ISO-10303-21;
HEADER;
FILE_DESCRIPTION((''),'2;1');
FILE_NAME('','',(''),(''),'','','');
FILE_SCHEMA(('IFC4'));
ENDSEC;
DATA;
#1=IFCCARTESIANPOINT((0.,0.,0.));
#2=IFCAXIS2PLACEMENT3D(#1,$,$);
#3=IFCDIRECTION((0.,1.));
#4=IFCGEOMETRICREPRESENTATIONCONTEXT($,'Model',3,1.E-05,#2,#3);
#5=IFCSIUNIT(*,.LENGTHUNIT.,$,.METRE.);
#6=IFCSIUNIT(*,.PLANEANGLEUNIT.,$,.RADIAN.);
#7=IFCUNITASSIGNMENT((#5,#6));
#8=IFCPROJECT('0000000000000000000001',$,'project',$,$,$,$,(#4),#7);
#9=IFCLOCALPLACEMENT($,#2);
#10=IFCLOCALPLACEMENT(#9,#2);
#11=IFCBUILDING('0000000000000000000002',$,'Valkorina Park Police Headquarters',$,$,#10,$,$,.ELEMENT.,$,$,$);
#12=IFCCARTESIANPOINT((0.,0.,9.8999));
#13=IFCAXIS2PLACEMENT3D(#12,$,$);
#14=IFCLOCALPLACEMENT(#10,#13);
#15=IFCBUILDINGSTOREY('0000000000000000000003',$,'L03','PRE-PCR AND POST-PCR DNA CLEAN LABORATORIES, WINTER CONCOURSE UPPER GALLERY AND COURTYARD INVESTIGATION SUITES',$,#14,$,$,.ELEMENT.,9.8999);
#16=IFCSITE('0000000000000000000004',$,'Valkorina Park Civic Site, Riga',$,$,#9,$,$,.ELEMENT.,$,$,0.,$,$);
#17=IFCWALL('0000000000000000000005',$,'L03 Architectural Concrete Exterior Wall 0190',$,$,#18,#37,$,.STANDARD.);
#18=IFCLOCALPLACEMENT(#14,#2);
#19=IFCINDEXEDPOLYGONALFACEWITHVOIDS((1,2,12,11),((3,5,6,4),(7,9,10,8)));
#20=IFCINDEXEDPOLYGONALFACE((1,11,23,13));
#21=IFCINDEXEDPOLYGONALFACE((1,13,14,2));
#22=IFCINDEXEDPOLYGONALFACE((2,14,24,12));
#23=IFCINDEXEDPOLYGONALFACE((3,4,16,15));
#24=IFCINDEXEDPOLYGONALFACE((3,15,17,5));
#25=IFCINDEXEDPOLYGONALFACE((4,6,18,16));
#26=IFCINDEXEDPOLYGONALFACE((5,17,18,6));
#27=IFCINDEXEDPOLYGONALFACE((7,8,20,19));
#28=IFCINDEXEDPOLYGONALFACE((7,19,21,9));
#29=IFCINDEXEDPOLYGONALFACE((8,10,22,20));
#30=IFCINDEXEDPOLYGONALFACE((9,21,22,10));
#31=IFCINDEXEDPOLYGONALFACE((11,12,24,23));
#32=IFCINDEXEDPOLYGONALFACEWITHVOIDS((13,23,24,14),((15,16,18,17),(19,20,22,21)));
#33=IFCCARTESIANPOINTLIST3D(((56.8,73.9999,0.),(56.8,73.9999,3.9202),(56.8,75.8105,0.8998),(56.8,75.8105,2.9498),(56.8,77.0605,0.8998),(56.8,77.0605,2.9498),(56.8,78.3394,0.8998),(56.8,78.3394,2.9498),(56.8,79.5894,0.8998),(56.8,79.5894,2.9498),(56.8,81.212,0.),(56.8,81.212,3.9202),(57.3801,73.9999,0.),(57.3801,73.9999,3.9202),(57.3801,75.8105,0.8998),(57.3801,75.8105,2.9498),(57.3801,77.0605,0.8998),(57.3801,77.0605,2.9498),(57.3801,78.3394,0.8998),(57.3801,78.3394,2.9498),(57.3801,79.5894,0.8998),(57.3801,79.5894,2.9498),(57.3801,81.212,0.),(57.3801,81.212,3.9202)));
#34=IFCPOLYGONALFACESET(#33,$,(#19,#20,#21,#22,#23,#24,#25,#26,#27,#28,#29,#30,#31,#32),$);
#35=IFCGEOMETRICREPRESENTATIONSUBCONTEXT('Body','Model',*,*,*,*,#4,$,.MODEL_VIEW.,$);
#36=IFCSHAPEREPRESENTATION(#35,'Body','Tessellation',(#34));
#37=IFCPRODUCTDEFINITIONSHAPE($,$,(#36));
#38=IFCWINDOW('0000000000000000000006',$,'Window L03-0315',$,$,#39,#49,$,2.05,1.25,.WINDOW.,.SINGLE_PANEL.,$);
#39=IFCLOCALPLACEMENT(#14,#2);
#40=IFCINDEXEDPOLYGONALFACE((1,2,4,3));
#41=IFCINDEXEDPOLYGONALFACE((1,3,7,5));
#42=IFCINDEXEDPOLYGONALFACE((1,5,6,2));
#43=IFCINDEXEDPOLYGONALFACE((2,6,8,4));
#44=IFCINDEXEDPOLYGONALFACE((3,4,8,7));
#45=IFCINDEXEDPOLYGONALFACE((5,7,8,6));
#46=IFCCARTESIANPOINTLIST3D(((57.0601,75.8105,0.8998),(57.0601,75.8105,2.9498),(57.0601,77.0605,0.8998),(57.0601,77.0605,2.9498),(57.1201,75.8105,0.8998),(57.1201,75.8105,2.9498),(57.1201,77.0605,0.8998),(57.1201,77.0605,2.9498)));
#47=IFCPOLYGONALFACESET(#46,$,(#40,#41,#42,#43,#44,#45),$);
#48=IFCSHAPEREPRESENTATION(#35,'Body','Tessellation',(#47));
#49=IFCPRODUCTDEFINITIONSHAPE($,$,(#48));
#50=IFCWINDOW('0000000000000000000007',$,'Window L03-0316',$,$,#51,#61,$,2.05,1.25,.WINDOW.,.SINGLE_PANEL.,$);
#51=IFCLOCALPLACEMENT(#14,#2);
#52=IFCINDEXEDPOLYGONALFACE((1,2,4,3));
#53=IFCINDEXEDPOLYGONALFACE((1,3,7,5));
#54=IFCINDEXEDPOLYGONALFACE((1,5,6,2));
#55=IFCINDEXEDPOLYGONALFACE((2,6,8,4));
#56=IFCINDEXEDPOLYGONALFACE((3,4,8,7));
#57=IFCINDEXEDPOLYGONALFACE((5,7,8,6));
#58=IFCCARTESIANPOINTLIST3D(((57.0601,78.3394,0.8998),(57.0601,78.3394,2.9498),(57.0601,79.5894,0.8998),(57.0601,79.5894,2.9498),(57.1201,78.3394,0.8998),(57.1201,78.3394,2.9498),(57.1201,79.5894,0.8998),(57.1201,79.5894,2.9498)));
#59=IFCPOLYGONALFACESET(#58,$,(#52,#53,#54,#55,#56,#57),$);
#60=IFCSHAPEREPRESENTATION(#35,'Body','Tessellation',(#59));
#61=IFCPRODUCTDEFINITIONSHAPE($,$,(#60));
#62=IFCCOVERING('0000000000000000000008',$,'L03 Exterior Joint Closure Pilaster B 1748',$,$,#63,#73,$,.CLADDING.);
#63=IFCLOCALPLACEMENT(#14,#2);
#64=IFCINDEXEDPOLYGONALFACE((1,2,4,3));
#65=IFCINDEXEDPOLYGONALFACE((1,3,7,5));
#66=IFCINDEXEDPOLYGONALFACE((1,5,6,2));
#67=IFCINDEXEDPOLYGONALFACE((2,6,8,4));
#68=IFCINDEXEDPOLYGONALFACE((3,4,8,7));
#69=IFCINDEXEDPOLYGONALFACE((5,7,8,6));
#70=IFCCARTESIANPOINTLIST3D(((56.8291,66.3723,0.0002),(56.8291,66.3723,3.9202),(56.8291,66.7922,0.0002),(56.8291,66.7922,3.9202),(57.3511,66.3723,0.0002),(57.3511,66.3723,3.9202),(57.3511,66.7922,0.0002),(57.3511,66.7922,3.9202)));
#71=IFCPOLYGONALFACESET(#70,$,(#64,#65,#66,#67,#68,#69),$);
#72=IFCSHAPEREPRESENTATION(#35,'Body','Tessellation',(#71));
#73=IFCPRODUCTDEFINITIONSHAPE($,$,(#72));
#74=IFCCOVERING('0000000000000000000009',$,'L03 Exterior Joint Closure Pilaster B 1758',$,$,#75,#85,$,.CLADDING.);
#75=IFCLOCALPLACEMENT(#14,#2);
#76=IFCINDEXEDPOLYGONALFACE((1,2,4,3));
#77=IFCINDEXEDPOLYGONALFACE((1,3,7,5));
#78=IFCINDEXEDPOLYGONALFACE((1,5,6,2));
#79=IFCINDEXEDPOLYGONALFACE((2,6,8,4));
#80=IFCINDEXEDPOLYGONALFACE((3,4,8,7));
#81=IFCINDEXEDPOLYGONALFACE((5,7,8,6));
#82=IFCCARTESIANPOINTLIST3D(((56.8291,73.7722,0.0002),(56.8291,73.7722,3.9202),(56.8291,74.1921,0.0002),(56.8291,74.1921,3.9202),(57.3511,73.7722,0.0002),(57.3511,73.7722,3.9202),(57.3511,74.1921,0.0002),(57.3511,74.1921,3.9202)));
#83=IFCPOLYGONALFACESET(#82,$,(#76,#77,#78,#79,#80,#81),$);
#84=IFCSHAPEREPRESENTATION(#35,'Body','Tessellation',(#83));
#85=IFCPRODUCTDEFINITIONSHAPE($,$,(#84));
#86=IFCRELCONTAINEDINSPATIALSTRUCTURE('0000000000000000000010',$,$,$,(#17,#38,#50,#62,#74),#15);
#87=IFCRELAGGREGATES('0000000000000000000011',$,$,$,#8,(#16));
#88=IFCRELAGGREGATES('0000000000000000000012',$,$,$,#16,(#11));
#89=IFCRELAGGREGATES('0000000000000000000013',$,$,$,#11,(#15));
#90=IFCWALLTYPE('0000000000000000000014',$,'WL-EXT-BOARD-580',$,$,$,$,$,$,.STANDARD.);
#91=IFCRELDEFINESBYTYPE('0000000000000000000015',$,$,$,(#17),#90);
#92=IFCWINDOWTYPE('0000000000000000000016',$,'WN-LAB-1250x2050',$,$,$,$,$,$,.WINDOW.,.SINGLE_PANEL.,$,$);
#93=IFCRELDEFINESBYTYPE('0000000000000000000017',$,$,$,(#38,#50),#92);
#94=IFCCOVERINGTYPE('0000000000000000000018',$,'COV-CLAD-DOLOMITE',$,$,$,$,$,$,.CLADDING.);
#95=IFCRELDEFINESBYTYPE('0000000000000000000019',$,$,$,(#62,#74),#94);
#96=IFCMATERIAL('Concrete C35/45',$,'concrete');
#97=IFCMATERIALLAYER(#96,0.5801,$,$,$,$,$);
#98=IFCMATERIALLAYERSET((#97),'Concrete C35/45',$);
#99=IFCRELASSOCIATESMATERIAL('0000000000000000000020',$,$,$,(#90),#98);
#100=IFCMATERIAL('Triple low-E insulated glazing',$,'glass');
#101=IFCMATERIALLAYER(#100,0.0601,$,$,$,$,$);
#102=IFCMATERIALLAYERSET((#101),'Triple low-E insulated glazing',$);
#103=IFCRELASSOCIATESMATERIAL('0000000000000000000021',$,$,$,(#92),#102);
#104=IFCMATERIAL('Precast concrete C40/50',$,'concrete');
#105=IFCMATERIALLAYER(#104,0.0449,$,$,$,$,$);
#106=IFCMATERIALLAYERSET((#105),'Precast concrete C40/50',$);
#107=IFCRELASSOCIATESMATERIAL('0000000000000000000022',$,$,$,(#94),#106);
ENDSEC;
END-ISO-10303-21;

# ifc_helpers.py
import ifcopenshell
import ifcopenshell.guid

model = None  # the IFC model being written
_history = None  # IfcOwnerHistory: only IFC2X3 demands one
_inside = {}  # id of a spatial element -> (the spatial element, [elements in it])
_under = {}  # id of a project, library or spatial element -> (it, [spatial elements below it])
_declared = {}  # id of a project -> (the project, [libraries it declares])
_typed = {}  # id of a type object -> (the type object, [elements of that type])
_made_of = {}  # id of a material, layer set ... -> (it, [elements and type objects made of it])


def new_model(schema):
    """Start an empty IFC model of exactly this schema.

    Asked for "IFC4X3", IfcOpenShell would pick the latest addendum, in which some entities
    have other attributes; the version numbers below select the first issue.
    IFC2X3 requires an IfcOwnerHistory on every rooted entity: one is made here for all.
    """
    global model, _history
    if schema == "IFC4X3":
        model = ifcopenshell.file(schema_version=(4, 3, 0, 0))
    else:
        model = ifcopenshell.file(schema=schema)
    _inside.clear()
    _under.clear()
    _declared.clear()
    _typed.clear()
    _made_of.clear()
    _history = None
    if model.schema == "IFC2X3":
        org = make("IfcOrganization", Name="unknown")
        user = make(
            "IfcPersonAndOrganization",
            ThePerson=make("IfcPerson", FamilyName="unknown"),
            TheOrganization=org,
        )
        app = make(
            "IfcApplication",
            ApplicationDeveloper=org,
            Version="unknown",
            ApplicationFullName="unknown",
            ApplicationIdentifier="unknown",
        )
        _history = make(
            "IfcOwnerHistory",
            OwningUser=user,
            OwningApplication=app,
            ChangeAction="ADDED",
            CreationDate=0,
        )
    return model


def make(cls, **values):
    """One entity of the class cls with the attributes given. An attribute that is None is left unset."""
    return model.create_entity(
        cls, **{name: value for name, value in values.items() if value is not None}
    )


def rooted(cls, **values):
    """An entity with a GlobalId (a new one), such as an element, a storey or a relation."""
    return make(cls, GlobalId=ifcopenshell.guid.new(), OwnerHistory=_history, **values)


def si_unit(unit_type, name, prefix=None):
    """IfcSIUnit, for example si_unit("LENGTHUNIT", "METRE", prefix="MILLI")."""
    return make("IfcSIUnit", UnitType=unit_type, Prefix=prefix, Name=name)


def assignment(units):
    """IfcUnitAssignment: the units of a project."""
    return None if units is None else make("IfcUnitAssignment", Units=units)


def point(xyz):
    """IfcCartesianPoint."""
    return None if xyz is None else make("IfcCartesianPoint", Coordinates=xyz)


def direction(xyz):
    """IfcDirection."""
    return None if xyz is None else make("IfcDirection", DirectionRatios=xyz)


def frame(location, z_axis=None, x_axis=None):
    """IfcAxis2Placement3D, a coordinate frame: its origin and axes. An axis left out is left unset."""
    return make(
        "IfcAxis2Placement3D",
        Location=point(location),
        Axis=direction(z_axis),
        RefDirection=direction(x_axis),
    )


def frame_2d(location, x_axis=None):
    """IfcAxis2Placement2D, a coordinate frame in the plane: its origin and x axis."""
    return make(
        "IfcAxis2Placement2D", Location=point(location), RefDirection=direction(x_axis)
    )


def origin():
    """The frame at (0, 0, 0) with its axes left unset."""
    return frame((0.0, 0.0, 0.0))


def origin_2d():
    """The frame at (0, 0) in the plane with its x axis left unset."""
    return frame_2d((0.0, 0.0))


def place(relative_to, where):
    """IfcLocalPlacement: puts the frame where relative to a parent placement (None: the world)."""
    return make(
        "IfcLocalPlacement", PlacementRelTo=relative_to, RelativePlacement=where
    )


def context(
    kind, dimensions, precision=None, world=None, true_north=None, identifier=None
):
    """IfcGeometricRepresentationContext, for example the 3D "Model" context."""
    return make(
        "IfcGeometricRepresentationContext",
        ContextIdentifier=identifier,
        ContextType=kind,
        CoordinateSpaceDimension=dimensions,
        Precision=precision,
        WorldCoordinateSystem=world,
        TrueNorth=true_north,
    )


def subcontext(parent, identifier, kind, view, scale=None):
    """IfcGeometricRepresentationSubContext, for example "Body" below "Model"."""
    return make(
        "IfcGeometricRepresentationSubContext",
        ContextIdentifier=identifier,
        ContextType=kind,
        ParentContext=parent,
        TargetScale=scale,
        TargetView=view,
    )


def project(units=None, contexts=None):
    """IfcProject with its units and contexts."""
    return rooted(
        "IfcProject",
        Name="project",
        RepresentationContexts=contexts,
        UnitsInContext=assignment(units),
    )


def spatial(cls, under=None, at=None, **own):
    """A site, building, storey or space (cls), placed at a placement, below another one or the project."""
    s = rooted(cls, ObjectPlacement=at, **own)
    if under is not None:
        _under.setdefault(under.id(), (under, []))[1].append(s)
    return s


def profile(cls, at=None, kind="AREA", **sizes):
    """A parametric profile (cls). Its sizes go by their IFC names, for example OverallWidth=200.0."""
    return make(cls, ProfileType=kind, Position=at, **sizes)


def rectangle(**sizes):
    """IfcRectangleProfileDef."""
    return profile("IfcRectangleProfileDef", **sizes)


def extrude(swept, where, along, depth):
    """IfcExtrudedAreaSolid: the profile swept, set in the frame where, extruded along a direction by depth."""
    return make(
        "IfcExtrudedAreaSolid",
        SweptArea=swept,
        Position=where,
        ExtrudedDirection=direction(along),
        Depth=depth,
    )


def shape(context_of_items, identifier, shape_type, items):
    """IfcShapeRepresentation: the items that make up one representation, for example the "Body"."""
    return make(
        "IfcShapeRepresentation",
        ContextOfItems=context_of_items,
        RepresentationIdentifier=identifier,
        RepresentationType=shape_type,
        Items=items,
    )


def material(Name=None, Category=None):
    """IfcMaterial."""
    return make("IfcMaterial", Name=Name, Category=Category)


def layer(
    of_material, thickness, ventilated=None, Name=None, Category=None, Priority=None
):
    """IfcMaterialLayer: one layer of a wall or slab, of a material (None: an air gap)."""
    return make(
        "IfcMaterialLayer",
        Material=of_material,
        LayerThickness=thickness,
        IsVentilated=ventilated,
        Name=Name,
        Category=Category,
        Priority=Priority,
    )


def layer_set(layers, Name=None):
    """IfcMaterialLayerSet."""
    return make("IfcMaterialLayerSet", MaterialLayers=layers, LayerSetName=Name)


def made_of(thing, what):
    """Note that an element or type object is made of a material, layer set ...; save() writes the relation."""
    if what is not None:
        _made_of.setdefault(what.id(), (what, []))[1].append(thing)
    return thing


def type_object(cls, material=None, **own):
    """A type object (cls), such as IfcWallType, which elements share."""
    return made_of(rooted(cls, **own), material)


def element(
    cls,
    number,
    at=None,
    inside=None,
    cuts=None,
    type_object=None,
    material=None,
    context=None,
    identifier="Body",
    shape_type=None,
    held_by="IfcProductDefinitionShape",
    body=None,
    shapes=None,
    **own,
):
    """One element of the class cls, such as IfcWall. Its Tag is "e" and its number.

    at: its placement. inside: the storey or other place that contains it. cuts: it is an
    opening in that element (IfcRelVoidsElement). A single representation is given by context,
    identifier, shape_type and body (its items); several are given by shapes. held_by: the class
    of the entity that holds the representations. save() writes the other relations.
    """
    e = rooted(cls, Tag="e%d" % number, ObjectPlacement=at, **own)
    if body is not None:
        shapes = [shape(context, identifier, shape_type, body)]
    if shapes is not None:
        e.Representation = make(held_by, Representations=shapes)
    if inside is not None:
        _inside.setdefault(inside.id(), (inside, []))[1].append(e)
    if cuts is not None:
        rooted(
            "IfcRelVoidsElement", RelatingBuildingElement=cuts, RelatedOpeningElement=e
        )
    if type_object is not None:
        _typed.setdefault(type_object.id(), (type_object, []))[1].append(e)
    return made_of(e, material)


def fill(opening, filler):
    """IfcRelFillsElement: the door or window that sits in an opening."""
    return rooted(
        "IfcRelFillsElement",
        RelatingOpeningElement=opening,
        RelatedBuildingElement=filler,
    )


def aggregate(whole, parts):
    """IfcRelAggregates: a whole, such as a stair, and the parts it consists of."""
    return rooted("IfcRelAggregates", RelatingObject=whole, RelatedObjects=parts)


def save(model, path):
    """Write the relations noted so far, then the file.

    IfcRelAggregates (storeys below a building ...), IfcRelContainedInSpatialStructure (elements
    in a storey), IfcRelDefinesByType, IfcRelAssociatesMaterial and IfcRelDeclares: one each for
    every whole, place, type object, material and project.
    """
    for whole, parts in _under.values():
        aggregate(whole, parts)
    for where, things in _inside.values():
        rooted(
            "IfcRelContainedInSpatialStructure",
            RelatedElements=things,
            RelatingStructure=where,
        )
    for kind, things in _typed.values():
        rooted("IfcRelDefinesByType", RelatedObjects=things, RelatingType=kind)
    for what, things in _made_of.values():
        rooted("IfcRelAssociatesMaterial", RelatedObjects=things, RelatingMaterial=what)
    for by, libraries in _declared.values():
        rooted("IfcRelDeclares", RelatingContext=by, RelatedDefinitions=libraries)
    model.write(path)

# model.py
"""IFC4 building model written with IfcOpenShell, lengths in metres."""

from ifc_helpers import new_model, si_unit, direction, frame, frame_2d, origin, origin_2d, place, context, subcontext, project, spatial, rectangle, extrude, material, layer, layer_set, type_object, element, fill, save


model = new_model("IFC4")

# Units and contexts
model_context = context("Model", 3, precision=1e-05, world=origin(), true_north=direction((0.0, 1.0)))
body_context = subcontext(model_context, "Body", "Model", "MODEL_VIEW")
ifc_project = project(units=[si_unit("LENGTHUNIT", "METRE"), si_unit("PLANEANGLEUNIT", "RADIAN")], contexts=[model_context])

# Site, building, storey
site_placement = place(None, origin())
site = spatial("IfcSite", under=ifc_project, at=site_placement, Name="Valkorina Park Civic Site, Riga", CompositionType="ELEMENT", RefElevation=0.0)
building_placement = place(site_placement, origin())
building = spatial("IfcBuilding", under=site, at=building_placement, Name="Valkorina Park Police Headquarters", CompositionType="ELEMENT")
storey_placement = place(building_placement, frame((0.0, 0.0, 9.8999)))
storey = spatial("IfcBuildingStorey", under=building, at=storey_placement, Name="L03", Description="PRE-PCR AND POST-PCR DNA CLEAN LABORATORIES, WINTER CONCOURSE UPPER GALLERY AND COURTYARD INVESTIGATION SUITES", CompositionType="ELEMENT", Elevation=9.8999)

# Wall, openings, windows
ifc_material_1 = material(Name="Concrete C35/45", Category="concrete")
ifc_layer_1 = layer(ifc_material_1, 0.5801)
ifc_layer_set_1 = layer_set([ifc_layer_1], Name="Concrete C35/45")
wall_type = type_object("IfcWallType", Name="WL-EXT-BOARD-580", PredefinedType="STANDARD", material=ifc_layer_set_1)
ifc_material_2 = material(Name="Triple low-E insulated glazing", Category="glass")
wall_1_placement = place(storey_placement, frame((57.0901, 74.0, 0.0), z_axis=(0.0, 0.0, 1.0), x_axis=(0.0, 1.0, 0.0)))
wall_1 = element("IfcWall", 1, at=wall_1_placement, inside=storey, type_object=wall_type, Name="L03 Architectural Concrete Exterior Wall 0190", PredefinedType="STANDARD", context=body_context, shape_type="SweptSolid", body=[
    extrude(rectangle(XDim=7.2122, YDim=0.5801, at=frame_2d((3.606, 0.0))), origin(), (0.0, 0.0, 1.0), 3.9202),
])
opening_1_placement = place(wall_1_placement, frame((1.8105, 0.0, 0.8999)))
opening_1 = element("IfcOpeningElement", 2, at=opening_1_placement, cuts=wall_1, PredefinedType="OPENING", context=body_context, shape_type="SweptSolid", body=[
    extrude(rectangle(XDim=1.25, YDim=2.05, at=frame_2d((0.625, 1.0249))), frame((0.0, 0.3, 0.0), z_axis=(0.0, -1.0, 0.0), x_axis=(1.0, 0.0, 0.0)), (0.0, 0.0, 1.0), 0.6001),
])
opening_2_placement = place(wall_1_placement, frame((4.3394, 0.0, 0.8999)))
opening_2 = element("IfcOpeningElement", 3, at=opening_2_placement, cuts=wall_1, PredefinedType="OPENING", context=body_context, shape_type="SweptSolid", body=[
    extrude(rectangle(XDim=1.25, YDim=2.05, at=frame_2d((0.625, 1.0249))), frame((0.0, 0.3, 0.0), z_axis=(0.0, -1.0, 0.0), x_axis=(1.0, 0.0, 0.0)), (0.0, 0.0, 1.0), 0.6001),
])
ifc_layer_2 = layer(ifc_material_2, 0.0601)
ifc_layer_set_2 = layer_set([ifc_layer_2], Name="Triple low-E insulated glazing")
window_type_1 = type_object("IfcWindowType", Name="WN-LAB-1250x2050", PartitioningType="SINGLE_PANEL", PredefinedType="WINDOW", material=ifc_layer_set_2)
window_1_placement = place(opening_1_placement, origin())
window_1 = element("IfcWindow", 4, at=window_1_placement, inside=storey, type_object=window_type_1, Name="Window L03-0315", OverallHeight=2.05, OverallWidth=1.25, PartitioningType="SINGLE_PANEL", PredefinedType="WINDOW", context=body_context, shape_type="SweptSolid", body=[
    extrude(rectangle(XDim=1.25, YDim=2.05, at=frame_2d((0.625, 1.0249))), frame((0.0, 0.03, 0.0), z_axis=(0.0, -1.0, 0.0), x_axis=(1.0, 0.0, 0.0)), (0.0, 0.0, 1.0), 0.0601),
])
fill(opening_1, window_1)
window_2_placement = place(opening_2_placement, origin())
window_2 = element("IfcWindow", 5, at=window_2_placement, inside=storey, type_object=window_type_1, Name="Window L03-0316", OverallHeight=2.05, OverallWidth=1.25, PartitioningType="SINGLE_PANEL", PredefinedType="WINDOW", context=body_context, shape_type="SweptSolid", body=[
    extrude(rectangle(XDim=1.25, YDim=2.05, at=frame_2d((0.625, 1.0249))), frame((0.0, 0.03, 0.0), z_axis=(0.0, -1.0, 0.0), x_axis=(1.0, 0.0, 0.0)), (0.0, 0.0, 1.0), 0.0601),
])
fill(opening_2, window_2)

# Coverings
ifc_material_3 = material(Name="Precast concrete C40/50", Category="concrete")
ifc_layer_3 = layer(ifc_material_3, 0.0449)
ifc_layer_set_3 = layer_set([ifc_layer_3], Name="Precast concrete C40/50")
covering_type = type_object("IfcCoveringType", Name="COV-CLAD-DOLOMITE", PredefinedType="CLADDING", material=ifc_layer_set_3)
for number, where, z_axis, x_axis, name in (
    (6, (57.0901, 66.5823, 0.0002), (0.0, 0.0, 1.0), (0.0, 1.0, 0.0), "L03 Exterior Joint Closure Pilaster B 1748"),
    (7, (57.0901, 73.9822, 0.0002), (0.0, 0.0, 1.0), (0.0, 1.0, 0.0), "L03 Exterior Joint Closure Pilaster B 1758"),
):
    element("IfcCovering", number, at=place(storey_placement, frame(where, z_axis=z_axis, x_axis=x_axis)), inside=storey, type_object=covering_type, Name=name, PredefinedType="CLADDING", context=body_context, shape_type="SweptSolid", body=[
        extrude(rectangle(XDim=0.4199, YDim=0.522, at=origin_2d()), origin(), (0.0, 0.0, 1.0), 3.9199),
    ])

save(model, "model.ifc")
